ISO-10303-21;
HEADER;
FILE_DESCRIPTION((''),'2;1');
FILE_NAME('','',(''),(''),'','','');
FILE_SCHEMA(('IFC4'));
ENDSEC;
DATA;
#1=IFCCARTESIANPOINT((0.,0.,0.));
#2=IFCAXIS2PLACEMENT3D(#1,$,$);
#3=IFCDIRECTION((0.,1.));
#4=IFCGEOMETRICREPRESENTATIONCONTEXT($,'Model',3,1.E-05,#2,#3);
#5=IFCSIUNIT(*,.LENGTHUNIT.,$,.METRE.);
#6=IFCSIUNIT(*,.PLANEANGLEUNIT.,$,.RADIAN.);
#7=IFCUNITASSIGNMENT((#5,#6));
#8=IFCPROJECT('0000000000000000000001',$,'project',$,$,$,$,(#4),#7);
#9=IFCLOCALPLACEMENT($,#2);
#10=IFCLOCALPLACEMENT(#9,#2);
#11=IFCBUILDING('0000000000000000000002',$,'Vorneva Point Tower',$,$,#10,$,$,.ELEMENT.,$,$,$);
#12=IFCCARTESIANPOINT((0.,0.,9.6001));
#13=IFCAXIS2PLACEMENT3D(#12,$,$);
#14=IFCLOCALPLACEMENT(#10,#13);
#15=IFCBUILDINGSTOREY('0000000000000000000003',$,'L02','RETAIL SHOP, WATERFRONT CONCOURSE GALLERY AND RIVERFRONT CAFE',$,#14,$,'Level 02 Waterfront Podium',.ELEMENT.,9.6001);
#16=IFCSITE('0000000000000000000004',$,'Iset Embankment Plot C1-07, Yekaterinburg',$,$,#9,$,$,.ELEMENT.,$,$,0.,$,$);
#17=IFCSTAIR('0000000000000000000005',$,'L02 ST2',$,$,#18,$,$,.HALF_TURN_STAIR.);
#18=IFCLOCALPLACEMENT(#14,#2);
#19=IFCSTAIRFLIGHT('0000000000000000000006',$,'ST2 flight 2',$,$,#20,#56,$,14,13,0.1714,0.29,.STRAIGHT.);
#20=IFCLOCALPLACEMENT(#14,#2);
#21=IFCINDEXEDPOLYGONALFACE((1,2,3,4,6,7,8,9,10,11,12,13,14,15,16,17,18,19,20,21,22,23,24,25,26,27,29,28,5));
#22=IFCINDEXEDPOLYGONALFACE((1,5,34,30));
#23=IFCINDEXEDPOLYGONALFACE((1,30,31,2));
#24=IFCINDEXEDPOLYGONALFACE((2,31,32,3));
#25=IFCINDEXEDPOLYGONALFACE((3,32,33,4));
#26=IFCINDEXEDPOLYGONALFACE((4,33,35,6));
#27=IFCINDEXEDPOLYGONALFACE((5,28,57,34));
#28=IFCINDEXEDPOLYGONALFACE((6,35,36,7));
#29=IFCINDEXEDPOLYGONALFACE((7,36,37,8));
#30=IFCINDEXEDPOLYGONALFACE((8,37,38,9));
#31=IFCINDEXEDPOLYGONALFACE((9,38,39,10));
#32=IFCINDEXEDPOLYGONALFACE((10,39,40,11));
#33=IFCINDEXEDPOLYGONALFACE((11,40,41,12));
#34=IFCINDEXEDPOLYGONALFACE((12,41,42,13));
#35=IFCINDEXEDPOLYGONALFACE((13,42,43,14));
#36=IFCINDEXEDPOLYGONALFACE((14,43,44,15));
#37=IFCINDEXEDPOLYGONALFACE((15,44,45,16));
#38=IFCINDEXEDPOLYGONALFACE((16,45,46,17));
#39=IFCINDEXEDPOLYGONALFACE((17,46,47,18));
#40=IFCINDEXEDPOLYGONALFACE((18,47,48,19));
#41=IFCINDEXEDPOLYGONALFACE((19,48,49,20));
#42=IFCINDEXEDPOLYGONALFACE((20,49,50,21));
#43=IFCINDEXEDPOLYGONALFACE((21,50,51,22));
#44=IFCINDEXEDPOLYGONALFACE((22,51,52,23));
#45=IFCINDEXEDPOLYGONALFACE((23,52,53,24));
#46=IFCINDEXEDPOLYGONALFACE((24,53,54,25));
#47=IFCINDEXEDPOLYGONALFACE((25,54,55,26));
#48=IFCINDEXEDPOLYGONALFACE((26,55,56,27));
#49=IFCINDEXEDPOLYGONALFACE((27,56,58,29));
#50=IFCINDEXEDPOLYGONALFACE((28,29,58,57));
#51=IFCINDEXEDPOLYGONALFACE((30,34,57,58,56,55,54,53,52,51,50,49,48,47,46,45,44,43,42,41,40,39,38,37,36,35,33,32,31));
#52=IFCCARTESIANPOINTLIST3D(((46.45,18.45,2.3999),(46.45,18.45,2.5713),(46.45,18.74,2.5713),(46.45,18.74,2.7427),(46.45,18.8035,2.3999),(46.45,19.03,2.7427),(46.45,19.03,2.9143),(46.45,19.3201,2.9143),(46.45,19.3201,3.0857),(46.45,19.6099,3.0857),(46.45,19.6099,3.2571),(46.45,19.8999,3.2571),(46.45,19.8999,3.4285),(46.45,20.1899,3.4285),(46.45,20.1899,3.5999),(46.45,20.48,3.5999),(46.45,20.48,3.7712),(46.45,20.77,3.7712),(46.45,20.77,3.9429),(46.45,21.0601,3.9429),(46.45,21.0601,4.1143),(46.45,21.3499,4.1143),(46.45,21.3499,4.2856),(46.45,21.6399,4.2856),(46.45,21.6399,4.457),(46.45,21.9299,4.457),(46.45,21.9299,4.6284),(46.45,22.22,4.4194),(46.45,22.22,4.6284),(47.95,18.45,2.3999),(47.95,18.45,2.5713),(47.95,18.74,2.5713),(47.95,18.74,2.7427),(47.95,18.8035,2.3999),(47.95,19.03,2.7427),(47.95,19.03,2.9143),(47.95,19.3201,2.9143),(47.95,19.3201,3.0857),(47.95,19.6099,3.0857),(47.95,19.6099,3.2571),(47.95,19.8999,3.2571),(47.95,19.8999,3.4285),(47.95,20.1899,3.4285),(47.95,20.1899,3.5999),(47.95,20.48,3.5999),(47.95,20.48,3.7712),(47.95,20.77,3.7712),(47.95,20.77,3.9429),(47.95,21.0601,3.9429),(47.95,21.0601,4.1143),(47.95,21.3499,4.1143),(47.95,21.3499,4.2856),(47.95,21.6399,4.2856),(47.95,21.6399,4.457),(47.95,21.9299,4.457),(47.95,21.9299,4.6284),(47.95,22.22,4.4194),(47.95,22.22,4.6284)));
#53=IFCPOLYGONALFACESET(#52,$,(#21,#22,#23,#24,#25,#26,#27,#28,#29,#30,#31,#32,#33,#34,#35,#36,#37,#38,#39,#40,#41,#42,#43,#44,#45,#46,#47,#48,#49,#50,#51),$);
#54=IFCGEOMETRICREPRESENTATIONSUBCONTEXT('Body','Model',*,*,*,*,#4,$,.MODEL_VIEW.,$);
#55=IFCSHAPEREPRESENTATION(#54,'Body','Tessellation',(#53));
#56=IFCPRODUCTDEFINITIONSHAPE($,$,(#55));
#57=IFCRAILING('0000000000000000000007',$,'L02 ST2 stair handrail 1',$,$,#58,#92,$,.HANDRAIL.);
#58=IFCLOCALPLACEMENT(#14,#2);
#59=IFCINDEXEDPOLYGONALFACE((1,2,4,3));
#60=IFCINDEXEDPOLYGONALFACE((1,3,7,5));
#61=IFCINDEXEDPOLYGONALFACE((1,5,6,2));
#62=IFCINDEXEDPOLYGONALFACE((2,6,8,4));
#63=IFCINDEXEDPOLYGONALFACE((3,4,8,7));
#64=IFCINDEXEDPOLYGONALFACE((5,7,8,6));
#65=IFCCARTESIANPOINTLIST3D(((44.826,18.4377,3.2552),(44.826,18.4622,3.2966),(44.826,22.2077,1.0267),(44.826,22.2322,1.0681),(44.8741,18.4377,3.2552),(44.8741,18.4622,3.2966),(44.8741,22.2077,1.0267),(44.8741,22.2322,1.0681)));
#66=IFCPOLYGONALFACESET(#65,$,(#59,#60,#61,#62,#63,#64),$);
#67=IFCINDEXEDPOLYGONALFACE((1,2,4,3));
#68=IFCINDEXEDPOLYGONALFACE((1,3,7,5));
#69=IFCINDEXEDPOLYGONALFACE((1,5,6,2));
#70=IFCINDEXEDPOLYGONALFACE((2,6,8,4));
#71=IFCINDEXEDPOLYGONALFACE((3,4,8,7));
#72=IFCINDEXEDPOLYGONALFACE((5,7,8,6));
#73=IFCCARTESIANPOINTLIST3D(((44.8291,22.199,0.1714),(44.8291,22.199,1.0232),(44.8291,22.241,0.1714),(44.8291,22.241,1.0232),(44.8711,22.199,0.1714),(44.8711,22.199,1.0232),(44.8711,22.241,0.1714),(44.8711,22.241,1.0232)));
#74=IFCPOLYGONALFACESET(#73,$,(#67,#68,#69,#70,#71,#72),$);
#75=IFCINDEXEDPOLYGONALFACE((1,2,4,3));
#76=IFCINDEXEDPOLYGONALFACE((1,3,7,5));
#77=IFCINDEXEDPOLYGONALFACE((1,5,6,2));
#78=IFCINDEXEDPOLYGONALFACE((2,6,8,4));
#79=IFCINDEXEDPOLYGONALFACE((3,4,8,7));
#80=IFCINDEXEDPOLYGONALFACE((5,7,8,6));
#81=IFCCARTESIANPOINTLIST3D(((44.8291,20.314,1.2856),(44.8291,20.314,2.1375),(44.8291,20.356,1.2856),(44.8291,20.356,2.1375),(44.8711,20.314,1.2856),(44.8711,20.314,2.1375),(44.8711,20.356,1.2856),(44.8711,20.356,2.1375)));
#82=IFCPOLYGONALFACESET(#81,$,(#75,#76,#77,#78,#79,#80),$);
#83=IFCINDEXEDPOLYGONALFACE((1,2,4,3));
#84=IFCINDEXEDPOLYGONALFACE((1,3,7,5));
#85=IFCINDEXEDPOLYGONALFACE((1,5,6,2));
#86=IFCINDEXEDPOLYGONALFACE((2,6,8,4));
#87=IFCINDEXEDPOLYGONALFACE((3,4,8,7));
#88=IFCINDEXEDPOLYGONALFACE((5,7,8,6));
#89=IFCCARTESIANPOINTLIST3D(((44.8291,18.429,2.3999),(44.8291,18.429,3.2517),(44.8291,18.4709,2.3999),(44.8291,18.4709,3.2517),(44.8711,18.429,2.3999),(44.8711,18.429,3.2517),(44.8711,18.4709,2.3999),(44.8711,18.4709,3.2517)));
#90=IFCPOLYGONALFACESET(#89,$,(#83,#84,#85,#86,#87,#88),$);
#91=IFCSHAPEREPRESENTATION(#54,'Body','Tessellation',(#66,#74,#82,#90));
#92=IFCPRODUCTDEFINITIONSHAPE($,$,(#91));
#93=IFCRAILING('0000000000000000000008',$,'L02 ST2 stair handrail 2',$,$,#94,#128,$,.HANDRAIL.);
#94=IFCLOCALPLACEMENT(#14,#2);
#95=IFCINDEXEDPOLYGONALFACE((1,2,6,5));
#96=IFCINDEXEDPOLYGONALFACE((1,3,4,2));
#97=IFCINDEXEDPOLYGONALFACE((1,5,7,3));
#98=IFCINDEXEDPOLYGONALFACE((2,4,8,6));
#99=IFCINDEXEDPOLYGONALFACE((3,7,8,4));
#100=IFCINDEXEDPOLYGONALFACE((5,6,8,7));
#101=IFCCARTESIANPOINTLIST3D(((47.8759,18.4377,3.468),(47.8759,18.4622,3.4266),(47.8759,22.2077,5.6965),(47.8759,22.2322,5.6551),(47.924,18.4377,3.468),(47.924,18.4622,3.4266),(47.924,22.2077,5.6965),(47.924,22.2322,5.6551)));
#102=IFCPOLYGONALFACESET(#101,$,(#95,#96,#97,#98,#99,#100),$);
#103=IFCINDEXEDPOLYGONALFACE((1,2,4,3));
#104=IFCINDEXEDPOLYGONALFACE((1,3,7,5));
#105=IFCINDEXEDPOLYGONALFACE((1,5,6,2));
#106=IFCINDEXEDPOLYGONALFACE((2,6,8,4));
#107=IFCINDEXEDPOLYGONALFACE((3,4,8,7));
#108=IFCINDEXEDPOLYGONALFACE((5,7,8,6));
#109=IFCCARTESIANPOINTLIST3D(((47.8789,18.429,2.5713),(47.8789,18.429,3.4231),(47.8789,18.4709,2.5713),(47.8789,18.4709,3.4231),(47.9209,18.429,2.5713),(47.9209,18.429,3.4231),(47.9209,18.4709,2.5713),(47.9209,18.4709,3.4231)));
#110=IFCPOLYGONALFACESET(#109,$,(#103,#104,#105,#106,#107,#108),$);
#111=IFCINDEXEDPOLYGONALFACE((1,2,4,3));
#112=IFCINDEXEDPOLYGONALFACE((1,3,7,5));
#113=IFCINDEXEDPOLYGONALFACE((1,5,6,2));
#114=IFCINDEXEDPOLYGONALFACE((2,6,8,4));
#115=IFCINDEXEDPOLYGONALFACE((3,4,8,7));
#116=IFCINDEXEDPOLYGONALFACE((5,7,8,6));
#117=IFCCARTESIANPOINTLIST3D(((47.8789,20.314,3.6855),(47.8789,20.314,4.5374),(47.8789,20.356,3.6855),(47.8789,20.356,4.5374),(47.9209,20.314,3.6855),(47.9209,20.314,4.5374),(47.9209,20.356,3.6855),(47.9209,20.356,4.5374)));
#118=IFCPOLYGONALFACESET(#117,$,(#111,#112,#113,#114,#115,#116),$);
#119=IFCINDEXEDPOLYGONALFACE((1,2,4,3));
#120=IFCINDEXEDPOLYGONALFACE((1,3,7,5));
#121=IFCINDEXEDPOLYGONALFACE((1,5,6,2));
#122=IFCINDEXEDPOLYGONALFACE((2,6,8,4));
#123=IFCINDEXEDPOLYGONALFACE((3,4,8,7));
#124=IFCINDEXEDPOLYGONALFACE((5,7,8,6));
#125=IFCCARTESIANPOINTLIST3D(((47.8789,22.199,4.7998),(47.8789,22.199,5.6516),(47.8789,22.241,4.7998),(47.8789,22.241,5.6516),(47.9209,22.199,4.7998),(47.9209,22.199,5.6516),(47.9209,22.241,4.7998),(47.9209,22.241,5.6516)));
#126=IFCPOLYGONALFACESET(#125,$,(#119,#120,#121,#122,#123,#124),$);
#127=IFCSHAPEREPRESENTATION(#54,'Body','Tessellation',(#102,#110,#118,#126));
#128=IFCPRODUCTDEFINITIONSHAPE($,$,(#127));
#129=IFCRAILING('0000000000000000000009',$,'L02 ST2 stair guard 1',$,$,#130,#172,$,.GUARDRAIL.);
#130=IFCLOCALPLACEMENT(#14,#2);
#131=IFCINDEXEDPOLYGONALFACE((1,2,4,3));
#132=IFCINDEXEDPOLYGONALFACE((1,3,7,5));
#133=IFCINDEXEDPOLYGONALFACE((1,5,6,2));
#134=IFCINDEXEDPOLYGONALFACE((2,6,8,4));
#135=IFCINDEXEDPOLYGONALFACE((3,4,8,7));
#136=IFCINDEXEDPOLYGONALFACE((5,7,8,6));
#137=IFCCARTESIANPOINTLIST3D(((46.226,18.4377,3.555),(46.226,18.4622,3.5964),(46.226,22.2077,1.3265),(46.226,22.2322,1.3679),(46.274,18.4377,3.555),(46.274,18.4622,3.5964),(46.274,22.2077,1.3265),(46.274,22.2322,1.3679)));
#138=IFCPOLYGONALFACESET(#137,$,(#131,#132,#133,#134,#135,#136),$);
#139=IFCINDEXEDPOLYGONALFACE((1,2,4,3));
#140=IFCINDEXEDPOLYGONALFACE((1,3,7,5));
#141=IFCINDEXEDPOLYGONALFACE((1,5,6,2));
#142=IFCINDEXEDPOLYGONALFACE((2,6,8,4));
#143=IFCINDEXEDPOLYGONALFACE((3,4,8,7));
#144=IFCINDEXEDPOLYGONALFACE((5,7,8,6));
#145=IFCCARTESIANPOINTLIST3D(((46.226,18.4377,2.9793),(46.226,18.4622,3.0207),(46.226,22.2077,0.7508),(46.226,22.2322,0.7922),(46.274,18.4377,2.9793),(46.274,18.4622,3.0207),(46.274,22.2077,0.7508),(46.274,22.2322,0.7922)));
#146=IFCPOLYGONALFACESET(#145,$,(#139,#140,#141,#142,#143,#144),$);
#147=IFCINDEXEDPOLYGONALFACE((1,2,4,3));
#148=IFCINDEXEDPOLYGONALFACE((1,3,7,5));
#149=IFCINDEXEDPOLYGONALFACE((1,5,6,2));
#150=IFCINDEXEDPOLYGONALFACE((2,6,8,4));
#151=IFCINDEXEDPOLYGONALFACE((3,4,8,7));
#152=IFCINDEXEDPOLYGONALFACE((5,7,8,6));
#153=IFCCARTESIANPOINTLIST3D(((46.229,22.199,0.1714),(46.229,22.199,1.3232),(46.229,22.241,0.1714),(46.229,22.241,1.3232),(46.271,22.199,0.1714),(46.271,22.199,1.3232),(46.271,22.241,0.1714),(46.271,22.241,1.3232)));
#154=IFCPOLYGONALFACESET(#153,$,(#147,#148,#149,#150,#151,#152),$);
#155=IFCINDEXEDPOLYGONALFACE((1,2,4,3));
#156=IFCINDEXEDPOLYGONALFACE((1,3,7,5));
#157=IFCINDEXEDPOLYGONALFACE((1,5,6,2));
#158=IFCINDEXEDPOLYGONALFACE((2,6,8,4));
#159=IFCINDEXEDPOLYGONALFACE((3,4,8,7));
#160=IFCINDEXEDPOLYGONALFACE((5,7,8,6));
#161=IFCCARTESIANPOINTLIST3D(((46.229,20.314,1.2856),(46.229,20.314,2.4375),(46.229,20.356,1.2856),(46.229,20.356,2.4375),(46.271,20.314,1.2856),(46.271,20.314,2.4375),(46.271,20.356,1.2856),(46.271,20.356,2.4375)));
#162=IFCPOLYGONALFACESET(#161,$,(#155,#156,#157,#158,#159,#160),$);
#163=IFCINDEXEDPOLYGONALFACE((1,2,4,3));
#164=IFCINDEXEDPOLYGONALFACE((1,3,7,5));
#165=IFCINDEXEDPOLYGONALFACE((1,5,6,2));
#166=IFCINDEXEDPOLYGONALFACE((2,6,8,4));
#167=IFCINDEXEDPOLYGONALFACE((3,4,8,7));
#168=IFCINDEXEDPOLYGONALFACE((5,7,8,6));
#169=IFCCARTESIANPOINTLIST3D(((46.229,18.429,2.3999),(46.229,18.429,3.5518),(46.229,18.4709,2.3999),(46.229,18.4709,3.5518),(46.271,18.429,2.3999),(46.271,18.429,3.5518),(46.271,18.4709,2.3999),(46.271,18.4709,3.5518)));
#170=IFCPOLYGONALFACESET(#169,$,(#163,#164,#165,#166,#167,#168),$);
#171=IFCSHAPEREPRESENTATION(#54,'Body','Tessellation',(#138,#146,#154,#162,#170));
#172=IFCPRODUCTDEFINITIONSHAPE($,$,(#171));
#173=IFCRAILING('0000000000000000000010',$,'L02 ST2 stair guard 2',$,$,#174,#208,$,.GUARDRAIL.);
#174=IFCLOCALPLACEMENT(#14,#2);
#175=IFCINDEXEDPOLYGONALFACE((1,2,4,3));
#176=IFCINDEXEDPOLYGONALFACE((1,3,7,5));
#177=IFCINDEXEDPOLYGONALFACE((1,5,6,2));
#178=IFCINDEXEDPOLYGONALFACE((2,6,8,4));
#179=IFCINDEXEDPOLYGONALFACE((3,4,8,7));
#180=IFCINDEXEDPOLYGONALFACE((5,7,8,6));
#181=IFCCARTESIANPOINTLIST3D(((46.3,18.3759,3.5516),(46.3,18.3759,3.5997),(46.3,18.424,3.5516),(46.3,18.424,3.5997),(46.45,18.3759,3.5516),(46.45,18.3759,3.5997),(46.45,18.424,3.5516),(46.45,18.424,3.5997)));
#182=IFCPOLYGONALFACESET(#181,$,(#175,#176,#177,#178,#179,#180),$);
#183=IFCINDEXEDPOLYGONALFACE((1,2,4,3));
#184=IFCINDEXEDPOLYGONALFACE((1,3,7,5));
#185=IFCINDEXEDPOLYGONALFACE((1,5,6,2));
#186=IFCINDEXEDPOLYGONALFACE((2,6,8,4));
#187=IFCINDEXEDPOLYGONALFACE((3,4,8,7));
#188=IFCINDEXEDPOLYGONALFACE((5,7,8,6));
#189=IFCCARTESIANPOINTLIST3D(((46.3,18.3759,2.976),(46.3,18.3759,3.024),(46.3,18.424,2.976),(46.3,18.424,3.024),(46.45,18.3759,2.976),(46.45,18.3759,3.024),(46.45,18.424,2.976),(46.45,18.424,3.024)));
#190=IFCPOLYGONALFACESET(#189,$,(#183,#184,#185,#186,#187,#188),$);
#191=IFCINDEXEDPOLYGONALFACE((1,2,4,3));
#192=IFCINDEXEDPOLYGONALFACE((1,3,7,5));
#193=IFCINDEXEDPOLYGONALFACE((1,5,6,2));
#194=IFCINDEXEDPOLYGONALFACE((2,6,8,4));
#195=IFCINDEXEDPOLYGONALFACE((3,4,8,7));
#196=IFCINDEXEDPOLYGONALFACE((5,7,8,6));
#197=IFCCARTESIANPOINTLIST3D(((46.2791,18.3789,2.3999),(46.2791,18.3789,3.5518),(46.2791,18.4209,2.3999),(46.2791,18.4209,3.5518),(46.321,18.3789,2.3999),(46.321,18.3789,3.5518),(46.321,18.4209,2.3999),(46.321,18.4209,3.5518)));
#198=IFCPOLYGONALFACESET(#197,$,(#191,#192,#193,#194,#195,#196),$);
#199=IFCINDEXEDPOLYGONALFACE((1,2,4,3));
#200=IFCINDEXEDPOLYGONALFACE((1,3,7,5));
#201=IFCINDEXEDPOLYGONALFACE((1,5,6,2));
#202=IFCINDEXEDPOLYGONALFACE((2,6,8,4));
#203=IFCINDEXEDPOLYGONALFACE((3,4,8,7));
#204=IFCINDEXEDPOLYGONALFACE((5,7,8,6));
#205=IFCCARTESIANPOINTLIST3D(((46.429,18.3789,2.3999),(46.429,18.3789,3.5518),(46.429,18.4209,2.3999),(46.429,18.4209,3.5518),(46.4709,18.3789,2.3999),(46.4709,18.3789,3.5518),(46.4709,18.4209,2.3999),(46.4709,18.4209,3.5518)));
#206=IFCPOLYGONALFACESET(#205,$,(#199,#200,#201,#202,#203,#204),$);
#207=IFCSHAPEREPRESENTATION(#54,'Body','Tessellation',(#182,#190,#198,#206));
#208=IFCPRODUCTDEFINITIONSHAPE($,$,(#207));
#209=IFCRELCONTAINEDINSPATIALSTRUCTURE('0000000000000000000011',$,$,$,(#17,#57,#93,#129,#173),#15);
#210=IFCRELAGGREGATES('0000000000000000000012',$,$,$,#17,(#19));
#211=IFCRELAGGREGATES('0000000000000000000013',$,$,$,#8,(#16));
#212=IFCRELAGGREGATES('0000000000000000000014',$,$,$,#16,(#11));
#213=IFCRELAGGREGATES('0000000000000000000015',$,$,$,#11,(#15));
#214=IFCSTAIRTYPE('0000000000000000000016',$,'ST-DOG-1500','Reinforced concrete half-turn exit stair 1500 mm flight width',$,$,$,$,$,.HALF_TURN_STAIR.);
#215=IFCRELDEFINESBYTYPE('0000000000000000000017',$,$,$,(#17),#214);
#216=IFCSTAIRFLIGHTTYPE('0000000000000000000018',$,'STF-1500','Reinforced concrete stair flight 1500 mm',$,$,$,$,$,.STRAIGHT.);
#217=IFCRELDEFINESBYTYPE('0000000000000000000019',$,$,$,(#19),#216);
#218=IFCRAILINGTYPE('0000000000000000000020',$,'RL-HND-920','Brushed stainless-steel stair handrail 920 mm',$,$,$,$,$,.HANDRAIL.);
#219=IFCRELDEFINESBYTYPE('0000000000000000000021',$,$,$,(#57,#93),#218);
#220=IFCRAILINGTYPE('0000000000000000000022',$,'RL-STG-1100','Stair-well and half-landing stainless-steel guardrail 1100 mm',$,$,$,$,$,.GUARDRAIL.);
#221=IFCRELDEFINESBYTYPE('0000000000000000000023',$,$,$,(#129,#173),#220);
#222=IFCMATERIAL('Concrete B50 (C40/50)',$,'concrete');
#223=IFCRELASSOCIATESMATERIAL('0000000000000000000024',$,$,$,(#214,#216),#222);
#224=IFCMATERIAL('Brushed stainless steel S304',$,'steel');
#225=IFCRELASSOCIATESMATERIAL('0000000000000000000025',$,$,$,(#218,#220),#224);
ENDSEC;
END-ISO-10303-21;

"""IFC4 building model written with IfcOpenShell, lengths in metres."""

from ifc_helpers import new_model, si_unit, direction, frame, origin, origin_2d, place, context, subcontext, project, spatial, polyline, rectangle, outline, extrude, material, type_object, element, aggregate, save


model = new_model("IFC4")

# Units and contexts
model_context = context("Model", 3, precision=1e-05, world=origin(), true_north=direction((0.0, 1.0)))
body_context = subcontext(model_context, "Body", "Model", "MODEL_VIEW")
ifc_project = project(units=[si_unit("LENGTHUNIT", "METRE"), si_unit("PLANEANGLEUNIT", "RADIAN")], contexts=[model_context])

# Site, building, storey
site_placement = place(None, origin())
site = spatial("IfcSite", under=ifc_project, at=site_placement, Name="Iset Embankment Plot C1-07, Yekaterinburg", CompositionType="ELEMENT", RefElevation=0.0)
building_placement = place(site_placement, origin())
building = spatial("IfcBuilding", under=site, at=building_placement, Name="Vorneva Point Tower", CompositionType="ELEMENT")
storey_placement = place(building_placement, frame((0.0, 0.0, 9.6001)))
storey = spatial("IfcBuildingStorey", under=building, at=storey_placement, Name="L02", Description="RETAIL SHOP, WATERFRONT CONCOURSE GALLERY AND RIVERFRONT CAFE", LongName="Level 02 Waterfront Podium", CompositionType="ELEMENT", Elevation=9.6001)

# Shared definitions
ifc_material_1 = material(Name="Concrete B50 (C40/50)", Category="concrete")

# Stair, stair flight
stair_type = type_object("IfcStairType", Name="ST-DOG-1500", Description="Reinforced concrete half-turn exit stair 1500 mm flight width", PredefinedType="HALF_TURN_STAIR", material=ifc_material_1)
stair_placement = place(storey_placement, origin())
stair = element("IfcStair", 1, at=stair_placement, inside=storey, type_object=stair_type, Name="L02 ST2", PredefinedType="HALF_TURN_STAIR")
stair_flight_type = type_object("IfcStairFlightType", Name="STF-1500", Description="Reinforced concrete stair flight 1500 mm", PredefinedType="STRAIGHT", material=ifc_material_1)
stair_flight_1_placement = place(storey_placement, frame((47.2, 18.45, 2.3999), z_axis=(0.0, 0.0, 1.0), x_axis=(0.0, 1.0, 0.0)))
stair_flight_1 = element("IfcStairFlight", 2, at=stair_flight_1_placement, type_object=stair_flight_type, Name="ST2 flight 2", NumberOfRisers=14, NumberOfTreads=13, PredefinedType="STRAIGHT", RiserHeight=0.1714, TreadLength=0.29, context=body_context, shape_type="SweptSolid", body=[
    extrude(outline(polyline([(0.0, 0.0), (0.0, 0.1714), (0.29, 0.1714), (0.29, 0.3428), (0.5801, 0.3428), (0.5801, 0.5144), (0.8701, 0.5144), (0.8701, 0.6858), (1.1599, 0.6858), (1.1599, 0.8572), (1.45, 0.8572), (1.45, 1.0286), (1.74, 1.0286), (1.74, 1.2), (2.03, 1.2), (2.03, 1.3713), (2.3201, 1.3713), (2.3201, 1.543), (2.6101, 1.543), (2.6101, 1.7144), (2.8999, 1.7144), (2.8999, 1.8857), (3.1899, 1.8857), (3.1899, 2.0571), (3.48, 2.0571), (3.48, 2.2285), (3.77, 2.2285), (3.77, 2.3999), (3.77, 2.0195), (0.3535, 0.0), (0.0, 0.0)])), frame((0.0, 0.75, 0.0), z_axis=(0.0, -1.0, 0.0), x_axis=(1.0, 0.0, 0.0)), (0.0, 0.0, 1.0), 1.5),
])
aggregate(stair, [stair_flight_1])

# Railings
ifc_material_2 = material(Name="Brushed stainless steel S304", Category="steel")
railing_type_1 = type_object("IfcRailingType", Name="RL-HND-920", Description="Brushed stainless-steel stair handrail 920 mm", PredefinedType="HANDRAIL", material=ifc_material_2)
railing_1_placement = place(storey_placement, frame((44.8501, 22.22, 0.1714)))
element("IfcRailing", 3, at=railing_1_placement, inside=storey, type_object=railing_type_1, Name="L02 ST2 stair handrail 1", PredefinedType="HANDRAIL", context=body_context, shape_type="SweptSolid", body=[
    extrude(rectangle(XDim=0.0481, YDim=0.0481, at=origin_2d()), frame((0.0, 0.0, 0.876), z_axis=(0.0, -0.860849, 0.508861), x_axis=(1.0, 0.0, 0.0)), (0.0, 0.0, 1.0), 4.3794),
    extrude(rectangle(XDim=0.042, YDim=0.042, at=origin_2d()), origin(), (0.0, 0.0, 1.0), 0.8518),
    extrude(rectangle(XDim=0.042, YDim=0.042, at=origin_2d()), frame((0.0, -1.885, 1.1143)), (0.0, 0.0, 1.0), 0.8518),
    extrude(rectangle(XDim=0.042, YDim=0.042, at=origin_2d()), frame((0.0, -3.77, 2.2285)), (0.0, 0.0, 1.0), 0.8518),
])
railing_2_placement = place(storey_placement, frame((47.8999, 18.45, 2.5713)))
element("IfcRailing", 4, at=railing_2_placement, inside=storey, type_object=railing_type_1, Name="L02 ST2 stair handrail 2", PredefinedType="HANDRAIL", context=body_context, shape_type="SweptSolid", body=[
    extrude(rectangle(XDim=0.0481, YDim=0.0481, at=origin_2d()), frame((0.0, 0.0, 0.876), z_axis=(0.0, 0.860849, 0.508861), x_axis=(-1.0, 0.0, 0.0)), (0.0, 0.0, 1.0), 4.3794),
    extrude(rectangle(XDim=0.042, YDim=0.042, at=origin_2d()), origin(), (0.0, 0.0, 1.0), 0.8518),
    extrude(rectangle(XDim=0.042, YDim=0.042, at=origin_2d()), frame((0.0, 1.885, 1.1143)), (0.0, 0.0, 1.0), 0.8518),
    extrude(rectangle(XDim=0.042, YDim=0.042, at=origin_2d()), frame((0.0, 3.77, 2.2285)), (0.0, 0.0, 1.0), 0.8518),
])
railing_type_2 = type_object("IfcRailingType", Name="RL-STG-1100", Description="Stair-well and half-landing stainless-steel guardrail 1100 mm", PredefinedType="GUARDRAIL", material=ifc_material_2)
railing_3_placement = place(storey_placement, frame((46.25, 22.22, 0.1714)))
element("IfcRailing", 5, at=railing_3_placement, inside=storey, type_object=railing_type_2, Name="L02 ST2 stair guard 1", PredefinedType="GUARDRAIL", context=body_context, shape_type="SweptSolid", body=[
    extrude(rectangle(XDim=0.0481, YDim=0.0481, at=origin_2d()), frame((0.0, 0.0, 1.1758), z_axis=(0.0, -0.860849, 0.508861), x_axis=(1.0, 0.0, 0.0)), (0.0, 0.0, 1.0), 4.3794),
    extrude(rectangle(XDim=0.0481, YDim=0.0481, at=origin_2d()), frame((0.0, 0.0, 0.6001), z_axis=(0.0, -0.860849, 0.508861), x_axis=(1.0, 0.0, 0.0)), (0.0, 0.0, 1.0), 4.3794),
    extrude(rectangle(XDim=0.042, YDim=0.042, at=origin_2d()), origin(), (0.0, 0.0, 1.0), 1.1519),
    extrude(rectangle(XDim=0.042, YDim=0.042, at=origin_2d()), frame((0.0, -1.885, 1.1143)), (0.0, 0.0, 1.0), 1.1519),
    extrude(rectangle(XDim=0.042, YDim=0.042, at=origin_2d()), frame((0.0, -3.77, 2.2285)), (0.0, 0.0, 1.0), 1.1519),
])
railing_4_placement = place(storey_placement, frame((46.3, 18.3999, 2.3999)))
element("IfcRailing", 6, at=railing_4_placement, inside=storey, type_object=railing_type_2, Name="L02 ST2 stair guard 2", PredefinedType="GUARDRAIL", context=body_context, shape_type="SweptSolid", body=[
    extrude(rectangle(XDim=0.0481, YDim=0.0481, at=origin_2d()), frame((0.0, 0.0, 1.1758), z_axis=(1.0, 0.0, 0.0), x_axis=(0.0, 1.0, 0.0)), (0.0, 0.0, 1.0), 0.1499),
    extrude(rectangle(XDim=0.0481, YDim=0.0481, at=origin_2d()), frame((0.0, 0.0, 0.6001), z_axis=(1.0, 0.0, 0.0), x_axis=(0.0, 1.0, 0.0)), (0.0, 0.0, 1.0), 0.1499),
    extrude(rectangle(XDim=0.042, YDim=0.042, at=origin_2d()), origin(), (0.0, 0.0, 1.0), 1.1519),
    extrude(rectangle(XDim=0.042, YDim=0.042, at=origin_2d()), frame((0.1499, 0.0, 0.0)), (0.0, 0.0, 1.0), 1.1519),
])

save(model, "model.ifc")
